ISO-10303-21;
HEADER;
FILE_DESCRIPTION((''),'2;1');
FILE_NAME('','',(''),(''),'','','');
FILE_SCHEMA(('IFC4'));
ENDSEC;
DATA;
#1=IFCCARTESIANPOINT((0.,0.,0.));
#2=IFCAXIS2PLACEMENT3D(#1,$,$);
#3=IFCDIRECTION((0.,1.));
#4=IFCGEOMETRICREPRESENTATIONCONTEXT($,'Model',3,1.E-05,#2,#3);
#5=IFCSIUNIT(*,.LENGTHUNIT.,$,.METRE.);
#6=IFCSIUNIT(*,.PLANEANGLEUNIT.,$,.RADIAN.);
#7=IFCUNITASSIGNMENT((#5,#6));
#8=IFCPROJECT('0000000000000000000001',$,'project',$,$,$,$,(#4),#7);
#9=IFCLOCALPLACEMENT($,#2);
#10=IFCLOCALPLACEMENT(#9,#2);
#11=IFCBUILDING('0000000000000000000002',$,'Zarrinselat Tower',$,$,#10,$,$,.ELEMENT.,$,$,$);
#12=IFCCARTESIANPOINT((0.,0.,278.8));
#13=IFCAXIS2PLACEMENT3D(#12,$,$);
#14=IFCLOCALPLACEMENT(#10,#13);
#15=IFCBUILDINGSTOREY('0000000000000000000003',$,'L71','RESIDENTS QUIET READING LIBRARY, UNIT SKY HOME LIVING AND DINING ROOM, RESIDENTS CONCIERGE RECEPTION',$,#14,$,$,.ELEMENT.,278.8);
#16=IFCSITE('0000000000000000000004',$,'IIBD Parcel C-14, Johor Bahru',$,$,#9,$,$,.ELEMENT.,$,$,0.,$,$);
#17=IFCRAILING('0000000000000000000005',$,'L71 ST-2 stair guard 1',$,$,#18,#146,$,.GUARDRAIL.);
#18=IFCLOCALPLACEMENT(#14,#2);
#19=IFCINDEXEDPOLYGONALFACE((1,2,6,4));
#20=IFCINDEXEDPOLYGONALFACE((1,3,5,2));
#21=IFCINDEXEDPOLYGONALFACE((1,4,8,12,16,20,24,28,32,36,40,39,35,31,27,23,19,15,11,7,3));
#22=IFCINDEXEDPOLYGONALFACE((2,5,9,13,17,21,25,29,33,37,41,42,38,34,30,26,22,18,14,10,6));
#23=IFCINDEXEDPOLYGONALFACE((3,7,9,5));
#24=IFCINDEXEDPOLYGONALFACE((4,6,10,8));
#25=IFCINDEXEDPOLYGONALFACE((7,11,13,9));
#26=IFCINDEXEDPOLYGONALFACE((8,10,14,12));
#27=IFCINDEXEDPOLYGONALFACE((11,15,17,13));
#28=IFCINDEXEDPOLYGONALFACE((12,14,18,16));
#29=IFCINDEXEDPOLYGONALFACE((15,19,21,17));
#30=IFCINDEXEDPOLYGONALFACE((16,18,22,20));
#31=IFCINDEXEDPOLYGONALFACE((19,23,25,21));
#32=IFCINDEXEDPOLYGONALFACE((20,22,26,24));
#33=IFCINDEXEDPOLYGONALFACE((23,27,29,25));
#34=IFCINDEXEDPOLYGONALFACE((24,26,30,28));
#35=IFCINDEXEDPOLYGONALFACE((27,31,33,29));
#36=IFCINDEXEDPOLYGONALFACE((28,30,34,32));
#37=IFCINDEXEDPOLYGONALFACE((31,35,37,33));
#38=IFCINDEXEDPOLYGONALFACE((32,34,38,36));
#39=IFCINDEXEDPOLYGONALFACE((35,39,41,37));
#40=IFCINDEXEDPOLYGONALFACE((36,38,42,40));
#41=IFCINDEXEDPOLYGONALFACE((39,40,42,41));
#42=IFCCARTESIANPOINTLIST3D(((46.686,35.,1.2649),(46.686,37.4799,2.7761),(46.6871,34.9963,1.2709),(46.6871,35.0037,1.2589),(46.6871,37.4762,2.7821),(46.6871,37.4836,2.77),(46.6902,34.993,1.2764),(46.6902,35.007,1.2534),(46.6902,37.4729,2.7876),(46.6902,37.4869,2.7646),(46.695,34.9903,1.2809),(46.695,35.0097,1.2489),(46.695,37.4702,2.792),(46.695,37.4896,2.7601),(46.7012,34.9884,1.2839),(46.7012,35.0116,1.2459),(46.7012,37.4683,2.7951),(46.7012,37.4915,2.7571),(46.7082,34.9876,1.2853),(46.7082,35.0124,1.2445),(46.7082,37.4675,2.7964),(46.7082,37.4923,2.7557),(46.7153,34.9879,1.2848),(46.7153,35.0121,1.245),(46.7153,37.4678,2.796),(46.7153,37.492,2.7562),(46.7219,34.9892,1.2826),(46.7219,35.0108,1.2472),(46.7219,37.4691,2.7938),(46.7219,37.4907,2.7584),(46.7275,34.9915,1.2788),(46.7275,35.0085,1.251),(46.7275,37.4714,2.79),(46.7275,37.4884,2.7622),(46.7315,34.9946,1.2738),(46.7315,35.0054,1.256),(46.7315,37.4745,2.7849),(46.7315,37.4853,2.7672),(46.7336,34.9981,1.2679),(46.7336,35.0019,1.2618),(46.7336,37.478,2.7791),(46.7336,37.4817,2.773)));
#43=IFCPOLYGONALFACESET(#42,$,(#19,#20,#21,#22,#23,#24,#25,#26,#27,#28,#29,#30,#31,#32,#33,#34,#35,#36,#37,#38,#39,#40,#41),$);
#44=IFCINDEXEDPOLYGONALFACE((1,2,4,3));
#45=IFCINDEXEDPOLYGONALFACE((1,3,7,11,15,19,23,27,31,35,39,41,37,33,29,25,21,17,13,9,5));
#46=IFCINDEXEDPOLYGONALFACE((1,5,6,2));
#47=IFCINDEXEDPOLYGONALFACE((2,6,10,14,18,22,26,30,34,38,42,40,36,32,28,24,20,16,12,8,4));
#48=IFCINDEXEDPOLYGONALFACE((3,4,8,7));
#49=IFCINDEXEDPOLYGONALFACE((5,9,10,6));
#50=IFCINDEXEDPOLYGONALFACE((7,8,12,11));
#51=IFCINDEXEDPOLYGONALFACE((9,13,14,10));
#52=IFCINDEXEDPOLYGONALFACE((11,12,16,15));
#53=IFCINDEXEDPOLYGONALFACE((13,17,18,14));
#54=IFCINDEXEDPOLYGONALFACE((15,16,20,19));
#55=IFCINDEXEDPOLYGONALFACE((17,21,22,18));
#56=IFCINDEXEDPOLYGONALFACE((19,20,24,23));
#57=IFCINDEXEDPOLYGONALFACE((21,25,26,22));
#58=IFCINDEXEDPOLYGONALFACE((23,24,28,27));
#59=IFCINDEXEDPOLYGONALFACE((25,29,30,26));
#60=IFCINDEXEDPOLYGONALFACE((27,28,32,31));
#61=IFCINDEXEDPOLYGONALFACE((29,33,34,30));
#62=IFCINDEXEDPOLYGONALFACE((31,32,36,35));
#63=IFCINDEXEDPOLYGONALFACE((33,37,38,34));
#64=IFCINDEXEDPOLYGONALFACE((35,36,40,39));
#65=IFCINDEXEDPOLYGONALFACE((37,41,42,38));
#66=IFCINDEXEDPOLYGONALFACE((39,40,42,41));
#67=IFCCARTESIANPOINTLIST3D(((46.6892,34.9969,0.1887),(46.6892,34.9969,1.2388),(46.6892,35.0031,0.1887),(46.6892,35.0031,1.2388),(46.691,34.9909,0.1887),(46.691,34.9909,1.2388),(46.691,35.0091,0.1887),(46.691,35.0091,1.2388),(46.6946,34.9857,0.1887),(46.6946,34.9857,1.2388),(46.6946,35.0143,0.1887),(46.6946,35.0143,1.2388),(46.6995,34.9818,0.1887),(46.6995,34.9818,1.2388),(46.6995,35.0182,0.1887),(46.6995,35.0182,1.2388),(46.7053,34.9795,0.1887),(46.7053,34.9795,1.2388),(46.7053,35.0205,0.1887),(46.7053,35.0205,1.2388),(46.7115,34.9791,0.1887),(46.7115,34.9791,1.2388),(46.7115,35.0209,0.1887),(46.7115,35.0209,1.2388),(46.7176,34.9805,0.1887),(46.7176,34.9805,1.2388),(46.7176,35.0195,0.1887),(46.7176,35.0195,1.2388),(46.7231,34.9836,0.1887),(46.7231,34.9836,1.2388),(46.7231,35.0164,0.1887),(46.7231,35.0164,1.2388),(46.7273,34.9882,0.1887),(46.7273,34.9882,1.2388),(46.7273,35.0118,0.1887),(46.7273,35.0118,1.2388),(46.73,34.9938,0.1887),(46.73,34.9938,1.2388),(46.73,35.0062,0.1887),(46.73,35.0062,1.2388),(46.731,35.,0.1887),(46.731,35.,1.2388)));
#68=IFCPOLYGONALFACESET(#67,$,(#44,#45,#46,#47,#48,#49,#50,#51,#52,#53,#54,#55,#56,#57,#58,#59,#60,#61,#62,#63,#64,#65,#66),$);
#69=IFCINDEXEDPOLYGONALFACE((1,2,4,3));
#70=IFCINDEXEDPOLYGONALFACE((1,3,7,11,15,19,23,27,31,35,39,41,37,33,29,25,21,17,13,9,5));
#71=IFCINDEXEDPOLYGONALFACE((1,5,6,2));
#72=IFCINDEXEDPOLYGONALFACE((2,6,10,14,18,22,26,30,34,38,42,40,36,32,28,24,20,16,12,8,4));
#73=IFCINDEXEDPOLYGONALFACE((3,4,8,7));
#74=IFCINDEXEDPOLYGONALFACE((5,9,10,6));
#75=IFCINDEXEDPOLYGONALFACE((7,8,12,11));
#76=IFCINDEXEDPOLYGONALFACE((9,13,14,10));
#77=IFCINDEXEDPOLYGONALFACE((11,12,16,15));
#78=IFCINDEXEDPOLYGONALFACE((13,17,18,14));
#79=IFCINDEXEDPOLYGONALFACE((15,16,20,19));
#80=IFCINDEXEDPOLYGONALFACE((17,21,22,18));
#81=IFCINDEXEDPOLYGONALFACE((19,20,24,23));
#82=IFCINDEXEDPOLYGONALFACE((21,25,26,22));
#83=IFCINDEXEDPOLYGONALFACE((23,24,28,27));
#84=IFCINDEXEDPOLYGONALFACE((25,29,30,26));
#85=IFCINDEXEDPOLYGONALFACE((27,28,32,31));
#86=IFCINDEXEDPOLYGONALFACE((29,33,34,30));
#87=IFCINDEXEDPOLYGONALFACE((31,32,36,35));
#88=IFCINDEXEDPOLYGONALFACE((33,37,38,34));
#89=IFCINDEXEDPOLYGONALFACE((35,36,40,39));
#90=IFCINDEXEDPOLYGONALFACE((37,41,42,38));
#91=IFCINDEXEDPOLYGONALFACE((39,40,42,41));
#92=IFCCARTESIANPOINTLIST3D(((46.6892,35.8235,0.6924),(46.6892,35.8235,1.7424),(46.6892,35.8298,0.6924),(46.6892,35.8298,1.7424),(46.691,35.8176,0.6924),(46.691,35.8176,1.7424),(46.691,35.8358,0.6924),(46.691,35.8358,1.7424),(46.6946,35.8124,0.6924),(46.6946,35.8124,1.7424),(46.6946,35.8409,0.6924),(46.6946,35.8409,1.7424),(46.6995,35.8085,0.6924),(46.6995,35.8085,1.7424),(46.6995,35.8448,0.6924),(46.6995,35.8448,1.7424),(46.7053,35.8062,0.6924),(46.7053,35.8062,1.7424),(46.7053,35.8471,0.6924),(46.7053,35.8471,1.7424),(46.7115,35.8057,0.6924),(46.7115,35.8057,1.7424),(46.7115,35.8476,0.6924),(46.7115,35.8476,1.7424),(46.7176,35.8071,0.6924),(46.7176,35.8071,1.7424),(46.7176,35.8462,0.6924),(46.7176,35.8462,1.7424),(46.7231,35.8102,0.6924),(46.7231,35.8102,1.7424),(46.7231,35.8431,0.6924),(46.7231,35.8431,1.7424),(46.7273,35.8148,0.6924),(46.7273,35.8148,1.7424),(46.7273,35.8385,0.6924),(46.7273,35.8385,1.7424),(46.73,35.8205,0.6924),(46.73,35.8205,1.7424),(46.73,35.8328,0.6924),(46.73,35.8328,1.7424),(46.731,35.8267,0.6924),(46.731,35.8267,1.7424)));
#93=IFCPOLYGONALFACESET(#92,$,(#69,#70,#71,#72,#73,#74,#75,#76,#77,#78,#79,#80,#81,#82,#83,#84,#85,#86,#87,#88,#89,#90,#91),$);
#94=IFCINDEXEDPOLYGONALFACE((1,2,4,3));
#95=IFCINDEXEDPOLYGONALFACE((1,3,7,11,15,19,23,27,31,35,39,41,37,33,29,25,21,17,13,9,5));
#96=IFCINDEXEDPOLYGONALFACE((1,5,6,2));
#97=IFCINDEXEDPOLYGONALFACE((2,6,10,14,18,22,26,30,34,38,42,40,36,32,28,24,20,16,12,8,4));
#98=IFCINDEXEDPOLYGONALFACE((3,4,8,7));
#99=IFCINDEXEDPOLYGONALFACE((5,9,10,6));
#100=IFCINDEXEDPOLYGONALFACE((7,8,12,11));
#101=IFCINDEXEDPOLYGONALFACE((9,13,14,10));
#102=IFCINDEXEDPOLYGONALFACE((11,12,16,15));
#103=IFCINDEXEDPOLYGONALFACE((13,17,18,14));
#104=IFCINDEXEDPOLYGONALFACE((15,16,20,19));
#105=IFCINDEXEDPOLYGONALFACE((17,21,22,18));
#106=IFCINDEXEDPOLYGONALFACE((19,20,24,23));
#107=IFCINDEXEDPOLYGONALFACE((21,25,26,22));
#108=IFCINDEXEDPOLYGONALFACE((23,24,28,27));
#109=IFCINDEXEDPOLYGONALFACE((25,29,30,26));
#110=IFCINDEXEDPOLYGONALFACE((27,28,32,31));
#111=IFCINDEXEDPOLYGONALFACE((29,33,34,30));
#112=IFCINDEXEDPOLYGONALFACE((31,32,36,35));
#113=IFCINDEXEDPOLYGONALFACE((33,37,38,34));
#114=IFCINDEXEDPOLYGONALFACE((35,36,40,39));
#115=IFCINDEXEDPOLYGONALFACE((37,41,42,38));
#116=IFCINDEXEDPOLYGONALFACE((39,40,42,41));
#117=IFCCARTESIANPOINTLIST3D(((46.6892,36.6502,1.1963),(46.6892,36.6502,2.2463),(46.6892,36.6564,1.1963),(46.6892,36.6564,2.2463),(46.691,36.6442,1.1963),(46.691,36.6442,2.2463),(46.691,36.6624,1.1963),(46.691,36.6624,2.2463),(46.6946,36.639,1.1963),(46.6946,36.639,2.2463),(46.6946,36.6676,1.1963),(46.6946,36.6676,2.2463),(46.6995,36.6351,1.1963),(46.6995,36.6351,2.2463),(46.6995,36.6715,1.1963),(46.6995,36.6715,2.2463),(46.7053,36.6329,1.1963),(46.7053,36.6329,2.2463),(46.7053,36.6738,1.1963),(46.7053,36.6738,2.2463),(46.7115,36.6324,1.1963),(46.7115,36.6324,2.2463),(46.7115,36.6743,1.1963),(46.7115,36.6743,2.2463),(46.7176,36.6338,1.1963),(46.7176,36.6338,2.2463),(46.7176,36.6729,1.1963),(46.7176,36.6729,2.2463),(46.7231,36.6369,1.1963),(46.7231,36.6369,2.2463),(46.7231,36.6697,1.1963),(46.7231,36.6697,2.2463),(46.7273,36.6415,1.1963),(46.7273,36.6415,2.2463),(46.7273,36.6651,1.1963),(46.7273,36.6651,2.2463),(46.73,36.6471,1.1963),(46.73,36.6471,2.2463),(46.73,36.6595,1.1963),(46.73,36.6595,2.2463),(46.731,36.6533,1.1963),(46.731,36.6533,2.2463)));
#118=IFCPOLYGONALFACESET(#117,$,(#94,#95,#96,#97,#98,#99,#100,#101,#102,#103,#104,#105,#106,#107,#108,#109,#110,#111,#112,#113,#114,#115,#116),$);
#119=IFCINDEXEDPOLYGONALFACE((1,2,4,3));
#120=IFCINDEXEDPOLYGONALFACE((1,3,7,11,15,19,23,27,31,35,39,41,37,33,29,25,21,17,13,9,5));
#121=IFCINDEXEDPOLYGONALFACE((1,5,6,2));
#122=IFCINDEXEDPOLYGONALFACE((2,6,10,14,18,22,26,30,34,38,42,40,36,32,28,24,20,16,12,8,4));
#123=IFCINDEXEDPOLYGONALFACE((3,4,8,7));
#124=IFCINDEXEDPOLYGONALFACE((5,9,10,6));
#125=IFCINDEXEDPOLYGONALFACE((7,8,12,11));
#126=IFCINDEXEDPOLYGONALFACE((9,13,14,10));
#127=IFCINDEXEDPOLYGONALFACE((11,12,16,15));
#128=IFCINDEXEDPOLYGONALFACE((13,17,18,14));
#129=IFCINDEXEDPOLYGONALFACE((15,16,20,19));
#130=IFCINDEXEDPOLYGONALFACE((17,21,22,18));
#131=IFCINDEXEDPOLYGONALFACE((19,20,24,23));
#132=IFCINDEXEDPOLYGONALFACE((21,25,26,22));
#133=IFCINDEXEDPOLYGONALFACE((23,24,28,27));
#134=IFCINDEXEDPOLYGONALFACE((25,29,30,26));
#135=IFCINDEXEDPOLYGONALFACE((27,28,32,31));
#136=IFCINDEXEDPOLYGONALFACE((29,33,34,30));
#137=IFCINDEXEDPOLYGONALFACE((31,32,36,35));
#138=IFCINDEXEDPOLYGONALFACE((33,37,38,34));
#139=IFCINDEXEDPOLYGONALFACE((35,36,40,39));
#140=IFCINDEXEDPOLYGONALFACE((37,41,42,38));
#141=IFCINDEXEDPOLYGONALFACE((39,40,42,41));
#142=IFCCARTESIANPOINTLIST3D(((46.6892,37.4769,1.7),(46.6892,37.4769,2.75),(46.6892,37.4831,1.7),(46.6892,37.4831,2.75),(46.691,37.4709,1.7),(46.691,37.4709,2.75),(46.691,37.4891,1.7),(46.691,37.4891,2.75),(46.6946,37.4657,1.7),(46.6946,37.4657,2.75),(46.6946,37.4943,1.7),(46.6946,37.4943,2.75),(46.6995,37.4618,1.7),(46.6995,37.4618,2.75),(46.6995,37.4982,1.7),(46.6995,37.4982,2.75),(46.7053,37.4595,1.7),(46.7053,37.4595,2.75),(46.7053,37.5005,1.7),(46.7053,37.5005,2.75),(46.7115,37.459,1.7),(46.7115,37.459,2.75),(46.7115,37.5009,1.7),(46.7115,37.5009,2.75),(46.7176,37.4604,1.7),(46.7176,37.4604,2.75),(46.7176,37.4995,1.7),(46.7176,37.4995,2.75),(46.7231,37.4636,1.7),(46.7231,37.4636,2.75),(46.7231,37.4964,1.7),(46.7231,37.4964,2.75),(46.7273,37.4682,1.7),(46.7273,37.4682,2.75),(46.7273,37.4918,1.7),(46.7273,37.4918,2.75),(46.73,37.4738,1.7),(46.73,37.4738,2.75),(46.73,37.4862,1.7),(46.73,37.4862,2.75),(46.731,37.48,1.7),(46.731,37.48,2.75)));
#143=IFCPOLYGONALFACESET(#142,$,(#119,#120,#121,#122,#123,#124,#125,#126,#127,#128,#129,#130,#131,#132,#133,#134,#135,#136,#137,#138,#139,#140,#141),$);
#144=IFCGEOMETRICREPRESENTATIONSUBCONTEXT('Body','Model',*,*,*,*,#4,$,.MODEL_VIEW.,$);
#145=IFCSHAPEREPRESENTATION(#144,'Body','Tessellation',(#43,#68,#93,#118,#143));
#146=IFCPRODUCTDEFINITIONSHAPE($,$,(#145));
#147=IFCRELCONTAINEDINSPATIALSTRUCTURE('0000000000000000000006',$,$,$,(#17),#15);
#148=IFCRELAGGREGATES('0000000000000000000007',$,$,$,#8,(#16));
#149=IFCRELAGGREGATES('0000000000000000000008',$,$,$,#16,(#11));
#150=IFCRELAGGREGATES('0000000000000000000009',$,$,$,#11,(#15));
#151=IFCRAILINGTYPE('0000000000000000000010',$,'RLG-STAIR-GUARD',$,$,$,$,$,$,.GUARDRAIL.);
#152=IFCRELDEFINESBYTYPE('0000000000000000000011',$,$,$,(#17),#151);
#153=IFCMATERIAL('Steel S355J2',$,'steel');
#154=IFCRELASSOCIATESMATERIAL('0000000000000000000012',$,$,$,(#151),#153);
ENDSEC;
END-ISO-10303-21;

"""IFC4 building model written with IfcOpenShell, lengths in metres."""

from ifc_helpers import new_model, si_unit, direction, frame, origin, origin_2d, place, context, subcontext, project, spatial, circle, extrude, material, type_object, element, save


model = new_model("IFC4")

# Units and contexts
model_context = context("Model", 3, precision=1e-05, world=origin(), true_north=direction((0.0, 1.0)))
body_context = subcontext(model_context, "Body", "Model", "MODEL_VIEW")
ifc_project = project(units=[si_unit("LENGTHUNIT", "METRE"), si_unit("PLANEANGLEUNIT", "RADIAN")], contexts=[model_context])

# Site, building, storey
site_placement = place(None, origin())
site = spatial("IfcSite", under=ifc_project, at=site_placement, Name="IIBD Parcel C-14, Johor Bahru", CompositionType="ELEMENT", RefElevation=0.0)
building_placement = place(site_placement, origin())
building = spatial("IfcBuilding", under=site, at=building_placement, Name="Zarrinselat Tower", CompositionType="ELEMENT")
storey_placement = place(building_placement, frame((0.0, 0.0, 278.8)))
storey = spatial("IfcBuildingStorey", under=building, at=storey_placement, Name="L71", Description="RESIDENTS QUIET READING LIBRARY, UNIT SKY HOME LIVING AND DINING ROOM, RESIDENTS CONCIERGE RECEPTION", CompositionType="ELEMENT", Elevation=278.8)

# Railing
ifc_material_1 = material(Name="Steel S355J2", Category="steel")
railing_type_1 = type_object("IfcRailingType", Name="RLG-STAIR-GUARD", PredefinedType="GUARDRAIL", material=ifc_material_1)
railing_1_placement = place(storey_placement, frame((46.71, 35.0, 0.1887)))
element("IfcRailing", 1, at=railing_1_placement, inside=storey, type_object=railing_type_1, Name="L71 ST-2 stair guard 1", PredefinedType="GUARDRAIL", context=body_context, shape_type="SweptSolid", body=[
    extrude(circle(Radius=0.0239, at=origin_2d()), frame((0.0, 0.0, 1.0762), z_axis=(0.0, 0.853942, 0.520368), x_axis=(-1.0, 0.0, 0.0)), (0.0, 0.0, 1.0), 2.9041),
    extrude(circle(Radius=0.021, at=origin_2d()), origin(), (0.0, 0.0, 1.0), 1.05),
    extrude(circle(Radius=0.021, at=origin_2d()), frame((0.0, 0.8267, 0.5037)), (0.0, 0.0, 1.0), 1.05),
    extrude(circle(Radius=0.021, at=origin_2d()), frame((0.0, 1.6533, 1.0076)), (0.0, 0.0, 1.0), 1.05),
    extrude(circle(Radius=0.021, at=origin_2d()), frame((0.0, 2.48, 1.5112)), (0.0, 0.0, 1.0), 1.05),
])

save(model, "model.ifc")
